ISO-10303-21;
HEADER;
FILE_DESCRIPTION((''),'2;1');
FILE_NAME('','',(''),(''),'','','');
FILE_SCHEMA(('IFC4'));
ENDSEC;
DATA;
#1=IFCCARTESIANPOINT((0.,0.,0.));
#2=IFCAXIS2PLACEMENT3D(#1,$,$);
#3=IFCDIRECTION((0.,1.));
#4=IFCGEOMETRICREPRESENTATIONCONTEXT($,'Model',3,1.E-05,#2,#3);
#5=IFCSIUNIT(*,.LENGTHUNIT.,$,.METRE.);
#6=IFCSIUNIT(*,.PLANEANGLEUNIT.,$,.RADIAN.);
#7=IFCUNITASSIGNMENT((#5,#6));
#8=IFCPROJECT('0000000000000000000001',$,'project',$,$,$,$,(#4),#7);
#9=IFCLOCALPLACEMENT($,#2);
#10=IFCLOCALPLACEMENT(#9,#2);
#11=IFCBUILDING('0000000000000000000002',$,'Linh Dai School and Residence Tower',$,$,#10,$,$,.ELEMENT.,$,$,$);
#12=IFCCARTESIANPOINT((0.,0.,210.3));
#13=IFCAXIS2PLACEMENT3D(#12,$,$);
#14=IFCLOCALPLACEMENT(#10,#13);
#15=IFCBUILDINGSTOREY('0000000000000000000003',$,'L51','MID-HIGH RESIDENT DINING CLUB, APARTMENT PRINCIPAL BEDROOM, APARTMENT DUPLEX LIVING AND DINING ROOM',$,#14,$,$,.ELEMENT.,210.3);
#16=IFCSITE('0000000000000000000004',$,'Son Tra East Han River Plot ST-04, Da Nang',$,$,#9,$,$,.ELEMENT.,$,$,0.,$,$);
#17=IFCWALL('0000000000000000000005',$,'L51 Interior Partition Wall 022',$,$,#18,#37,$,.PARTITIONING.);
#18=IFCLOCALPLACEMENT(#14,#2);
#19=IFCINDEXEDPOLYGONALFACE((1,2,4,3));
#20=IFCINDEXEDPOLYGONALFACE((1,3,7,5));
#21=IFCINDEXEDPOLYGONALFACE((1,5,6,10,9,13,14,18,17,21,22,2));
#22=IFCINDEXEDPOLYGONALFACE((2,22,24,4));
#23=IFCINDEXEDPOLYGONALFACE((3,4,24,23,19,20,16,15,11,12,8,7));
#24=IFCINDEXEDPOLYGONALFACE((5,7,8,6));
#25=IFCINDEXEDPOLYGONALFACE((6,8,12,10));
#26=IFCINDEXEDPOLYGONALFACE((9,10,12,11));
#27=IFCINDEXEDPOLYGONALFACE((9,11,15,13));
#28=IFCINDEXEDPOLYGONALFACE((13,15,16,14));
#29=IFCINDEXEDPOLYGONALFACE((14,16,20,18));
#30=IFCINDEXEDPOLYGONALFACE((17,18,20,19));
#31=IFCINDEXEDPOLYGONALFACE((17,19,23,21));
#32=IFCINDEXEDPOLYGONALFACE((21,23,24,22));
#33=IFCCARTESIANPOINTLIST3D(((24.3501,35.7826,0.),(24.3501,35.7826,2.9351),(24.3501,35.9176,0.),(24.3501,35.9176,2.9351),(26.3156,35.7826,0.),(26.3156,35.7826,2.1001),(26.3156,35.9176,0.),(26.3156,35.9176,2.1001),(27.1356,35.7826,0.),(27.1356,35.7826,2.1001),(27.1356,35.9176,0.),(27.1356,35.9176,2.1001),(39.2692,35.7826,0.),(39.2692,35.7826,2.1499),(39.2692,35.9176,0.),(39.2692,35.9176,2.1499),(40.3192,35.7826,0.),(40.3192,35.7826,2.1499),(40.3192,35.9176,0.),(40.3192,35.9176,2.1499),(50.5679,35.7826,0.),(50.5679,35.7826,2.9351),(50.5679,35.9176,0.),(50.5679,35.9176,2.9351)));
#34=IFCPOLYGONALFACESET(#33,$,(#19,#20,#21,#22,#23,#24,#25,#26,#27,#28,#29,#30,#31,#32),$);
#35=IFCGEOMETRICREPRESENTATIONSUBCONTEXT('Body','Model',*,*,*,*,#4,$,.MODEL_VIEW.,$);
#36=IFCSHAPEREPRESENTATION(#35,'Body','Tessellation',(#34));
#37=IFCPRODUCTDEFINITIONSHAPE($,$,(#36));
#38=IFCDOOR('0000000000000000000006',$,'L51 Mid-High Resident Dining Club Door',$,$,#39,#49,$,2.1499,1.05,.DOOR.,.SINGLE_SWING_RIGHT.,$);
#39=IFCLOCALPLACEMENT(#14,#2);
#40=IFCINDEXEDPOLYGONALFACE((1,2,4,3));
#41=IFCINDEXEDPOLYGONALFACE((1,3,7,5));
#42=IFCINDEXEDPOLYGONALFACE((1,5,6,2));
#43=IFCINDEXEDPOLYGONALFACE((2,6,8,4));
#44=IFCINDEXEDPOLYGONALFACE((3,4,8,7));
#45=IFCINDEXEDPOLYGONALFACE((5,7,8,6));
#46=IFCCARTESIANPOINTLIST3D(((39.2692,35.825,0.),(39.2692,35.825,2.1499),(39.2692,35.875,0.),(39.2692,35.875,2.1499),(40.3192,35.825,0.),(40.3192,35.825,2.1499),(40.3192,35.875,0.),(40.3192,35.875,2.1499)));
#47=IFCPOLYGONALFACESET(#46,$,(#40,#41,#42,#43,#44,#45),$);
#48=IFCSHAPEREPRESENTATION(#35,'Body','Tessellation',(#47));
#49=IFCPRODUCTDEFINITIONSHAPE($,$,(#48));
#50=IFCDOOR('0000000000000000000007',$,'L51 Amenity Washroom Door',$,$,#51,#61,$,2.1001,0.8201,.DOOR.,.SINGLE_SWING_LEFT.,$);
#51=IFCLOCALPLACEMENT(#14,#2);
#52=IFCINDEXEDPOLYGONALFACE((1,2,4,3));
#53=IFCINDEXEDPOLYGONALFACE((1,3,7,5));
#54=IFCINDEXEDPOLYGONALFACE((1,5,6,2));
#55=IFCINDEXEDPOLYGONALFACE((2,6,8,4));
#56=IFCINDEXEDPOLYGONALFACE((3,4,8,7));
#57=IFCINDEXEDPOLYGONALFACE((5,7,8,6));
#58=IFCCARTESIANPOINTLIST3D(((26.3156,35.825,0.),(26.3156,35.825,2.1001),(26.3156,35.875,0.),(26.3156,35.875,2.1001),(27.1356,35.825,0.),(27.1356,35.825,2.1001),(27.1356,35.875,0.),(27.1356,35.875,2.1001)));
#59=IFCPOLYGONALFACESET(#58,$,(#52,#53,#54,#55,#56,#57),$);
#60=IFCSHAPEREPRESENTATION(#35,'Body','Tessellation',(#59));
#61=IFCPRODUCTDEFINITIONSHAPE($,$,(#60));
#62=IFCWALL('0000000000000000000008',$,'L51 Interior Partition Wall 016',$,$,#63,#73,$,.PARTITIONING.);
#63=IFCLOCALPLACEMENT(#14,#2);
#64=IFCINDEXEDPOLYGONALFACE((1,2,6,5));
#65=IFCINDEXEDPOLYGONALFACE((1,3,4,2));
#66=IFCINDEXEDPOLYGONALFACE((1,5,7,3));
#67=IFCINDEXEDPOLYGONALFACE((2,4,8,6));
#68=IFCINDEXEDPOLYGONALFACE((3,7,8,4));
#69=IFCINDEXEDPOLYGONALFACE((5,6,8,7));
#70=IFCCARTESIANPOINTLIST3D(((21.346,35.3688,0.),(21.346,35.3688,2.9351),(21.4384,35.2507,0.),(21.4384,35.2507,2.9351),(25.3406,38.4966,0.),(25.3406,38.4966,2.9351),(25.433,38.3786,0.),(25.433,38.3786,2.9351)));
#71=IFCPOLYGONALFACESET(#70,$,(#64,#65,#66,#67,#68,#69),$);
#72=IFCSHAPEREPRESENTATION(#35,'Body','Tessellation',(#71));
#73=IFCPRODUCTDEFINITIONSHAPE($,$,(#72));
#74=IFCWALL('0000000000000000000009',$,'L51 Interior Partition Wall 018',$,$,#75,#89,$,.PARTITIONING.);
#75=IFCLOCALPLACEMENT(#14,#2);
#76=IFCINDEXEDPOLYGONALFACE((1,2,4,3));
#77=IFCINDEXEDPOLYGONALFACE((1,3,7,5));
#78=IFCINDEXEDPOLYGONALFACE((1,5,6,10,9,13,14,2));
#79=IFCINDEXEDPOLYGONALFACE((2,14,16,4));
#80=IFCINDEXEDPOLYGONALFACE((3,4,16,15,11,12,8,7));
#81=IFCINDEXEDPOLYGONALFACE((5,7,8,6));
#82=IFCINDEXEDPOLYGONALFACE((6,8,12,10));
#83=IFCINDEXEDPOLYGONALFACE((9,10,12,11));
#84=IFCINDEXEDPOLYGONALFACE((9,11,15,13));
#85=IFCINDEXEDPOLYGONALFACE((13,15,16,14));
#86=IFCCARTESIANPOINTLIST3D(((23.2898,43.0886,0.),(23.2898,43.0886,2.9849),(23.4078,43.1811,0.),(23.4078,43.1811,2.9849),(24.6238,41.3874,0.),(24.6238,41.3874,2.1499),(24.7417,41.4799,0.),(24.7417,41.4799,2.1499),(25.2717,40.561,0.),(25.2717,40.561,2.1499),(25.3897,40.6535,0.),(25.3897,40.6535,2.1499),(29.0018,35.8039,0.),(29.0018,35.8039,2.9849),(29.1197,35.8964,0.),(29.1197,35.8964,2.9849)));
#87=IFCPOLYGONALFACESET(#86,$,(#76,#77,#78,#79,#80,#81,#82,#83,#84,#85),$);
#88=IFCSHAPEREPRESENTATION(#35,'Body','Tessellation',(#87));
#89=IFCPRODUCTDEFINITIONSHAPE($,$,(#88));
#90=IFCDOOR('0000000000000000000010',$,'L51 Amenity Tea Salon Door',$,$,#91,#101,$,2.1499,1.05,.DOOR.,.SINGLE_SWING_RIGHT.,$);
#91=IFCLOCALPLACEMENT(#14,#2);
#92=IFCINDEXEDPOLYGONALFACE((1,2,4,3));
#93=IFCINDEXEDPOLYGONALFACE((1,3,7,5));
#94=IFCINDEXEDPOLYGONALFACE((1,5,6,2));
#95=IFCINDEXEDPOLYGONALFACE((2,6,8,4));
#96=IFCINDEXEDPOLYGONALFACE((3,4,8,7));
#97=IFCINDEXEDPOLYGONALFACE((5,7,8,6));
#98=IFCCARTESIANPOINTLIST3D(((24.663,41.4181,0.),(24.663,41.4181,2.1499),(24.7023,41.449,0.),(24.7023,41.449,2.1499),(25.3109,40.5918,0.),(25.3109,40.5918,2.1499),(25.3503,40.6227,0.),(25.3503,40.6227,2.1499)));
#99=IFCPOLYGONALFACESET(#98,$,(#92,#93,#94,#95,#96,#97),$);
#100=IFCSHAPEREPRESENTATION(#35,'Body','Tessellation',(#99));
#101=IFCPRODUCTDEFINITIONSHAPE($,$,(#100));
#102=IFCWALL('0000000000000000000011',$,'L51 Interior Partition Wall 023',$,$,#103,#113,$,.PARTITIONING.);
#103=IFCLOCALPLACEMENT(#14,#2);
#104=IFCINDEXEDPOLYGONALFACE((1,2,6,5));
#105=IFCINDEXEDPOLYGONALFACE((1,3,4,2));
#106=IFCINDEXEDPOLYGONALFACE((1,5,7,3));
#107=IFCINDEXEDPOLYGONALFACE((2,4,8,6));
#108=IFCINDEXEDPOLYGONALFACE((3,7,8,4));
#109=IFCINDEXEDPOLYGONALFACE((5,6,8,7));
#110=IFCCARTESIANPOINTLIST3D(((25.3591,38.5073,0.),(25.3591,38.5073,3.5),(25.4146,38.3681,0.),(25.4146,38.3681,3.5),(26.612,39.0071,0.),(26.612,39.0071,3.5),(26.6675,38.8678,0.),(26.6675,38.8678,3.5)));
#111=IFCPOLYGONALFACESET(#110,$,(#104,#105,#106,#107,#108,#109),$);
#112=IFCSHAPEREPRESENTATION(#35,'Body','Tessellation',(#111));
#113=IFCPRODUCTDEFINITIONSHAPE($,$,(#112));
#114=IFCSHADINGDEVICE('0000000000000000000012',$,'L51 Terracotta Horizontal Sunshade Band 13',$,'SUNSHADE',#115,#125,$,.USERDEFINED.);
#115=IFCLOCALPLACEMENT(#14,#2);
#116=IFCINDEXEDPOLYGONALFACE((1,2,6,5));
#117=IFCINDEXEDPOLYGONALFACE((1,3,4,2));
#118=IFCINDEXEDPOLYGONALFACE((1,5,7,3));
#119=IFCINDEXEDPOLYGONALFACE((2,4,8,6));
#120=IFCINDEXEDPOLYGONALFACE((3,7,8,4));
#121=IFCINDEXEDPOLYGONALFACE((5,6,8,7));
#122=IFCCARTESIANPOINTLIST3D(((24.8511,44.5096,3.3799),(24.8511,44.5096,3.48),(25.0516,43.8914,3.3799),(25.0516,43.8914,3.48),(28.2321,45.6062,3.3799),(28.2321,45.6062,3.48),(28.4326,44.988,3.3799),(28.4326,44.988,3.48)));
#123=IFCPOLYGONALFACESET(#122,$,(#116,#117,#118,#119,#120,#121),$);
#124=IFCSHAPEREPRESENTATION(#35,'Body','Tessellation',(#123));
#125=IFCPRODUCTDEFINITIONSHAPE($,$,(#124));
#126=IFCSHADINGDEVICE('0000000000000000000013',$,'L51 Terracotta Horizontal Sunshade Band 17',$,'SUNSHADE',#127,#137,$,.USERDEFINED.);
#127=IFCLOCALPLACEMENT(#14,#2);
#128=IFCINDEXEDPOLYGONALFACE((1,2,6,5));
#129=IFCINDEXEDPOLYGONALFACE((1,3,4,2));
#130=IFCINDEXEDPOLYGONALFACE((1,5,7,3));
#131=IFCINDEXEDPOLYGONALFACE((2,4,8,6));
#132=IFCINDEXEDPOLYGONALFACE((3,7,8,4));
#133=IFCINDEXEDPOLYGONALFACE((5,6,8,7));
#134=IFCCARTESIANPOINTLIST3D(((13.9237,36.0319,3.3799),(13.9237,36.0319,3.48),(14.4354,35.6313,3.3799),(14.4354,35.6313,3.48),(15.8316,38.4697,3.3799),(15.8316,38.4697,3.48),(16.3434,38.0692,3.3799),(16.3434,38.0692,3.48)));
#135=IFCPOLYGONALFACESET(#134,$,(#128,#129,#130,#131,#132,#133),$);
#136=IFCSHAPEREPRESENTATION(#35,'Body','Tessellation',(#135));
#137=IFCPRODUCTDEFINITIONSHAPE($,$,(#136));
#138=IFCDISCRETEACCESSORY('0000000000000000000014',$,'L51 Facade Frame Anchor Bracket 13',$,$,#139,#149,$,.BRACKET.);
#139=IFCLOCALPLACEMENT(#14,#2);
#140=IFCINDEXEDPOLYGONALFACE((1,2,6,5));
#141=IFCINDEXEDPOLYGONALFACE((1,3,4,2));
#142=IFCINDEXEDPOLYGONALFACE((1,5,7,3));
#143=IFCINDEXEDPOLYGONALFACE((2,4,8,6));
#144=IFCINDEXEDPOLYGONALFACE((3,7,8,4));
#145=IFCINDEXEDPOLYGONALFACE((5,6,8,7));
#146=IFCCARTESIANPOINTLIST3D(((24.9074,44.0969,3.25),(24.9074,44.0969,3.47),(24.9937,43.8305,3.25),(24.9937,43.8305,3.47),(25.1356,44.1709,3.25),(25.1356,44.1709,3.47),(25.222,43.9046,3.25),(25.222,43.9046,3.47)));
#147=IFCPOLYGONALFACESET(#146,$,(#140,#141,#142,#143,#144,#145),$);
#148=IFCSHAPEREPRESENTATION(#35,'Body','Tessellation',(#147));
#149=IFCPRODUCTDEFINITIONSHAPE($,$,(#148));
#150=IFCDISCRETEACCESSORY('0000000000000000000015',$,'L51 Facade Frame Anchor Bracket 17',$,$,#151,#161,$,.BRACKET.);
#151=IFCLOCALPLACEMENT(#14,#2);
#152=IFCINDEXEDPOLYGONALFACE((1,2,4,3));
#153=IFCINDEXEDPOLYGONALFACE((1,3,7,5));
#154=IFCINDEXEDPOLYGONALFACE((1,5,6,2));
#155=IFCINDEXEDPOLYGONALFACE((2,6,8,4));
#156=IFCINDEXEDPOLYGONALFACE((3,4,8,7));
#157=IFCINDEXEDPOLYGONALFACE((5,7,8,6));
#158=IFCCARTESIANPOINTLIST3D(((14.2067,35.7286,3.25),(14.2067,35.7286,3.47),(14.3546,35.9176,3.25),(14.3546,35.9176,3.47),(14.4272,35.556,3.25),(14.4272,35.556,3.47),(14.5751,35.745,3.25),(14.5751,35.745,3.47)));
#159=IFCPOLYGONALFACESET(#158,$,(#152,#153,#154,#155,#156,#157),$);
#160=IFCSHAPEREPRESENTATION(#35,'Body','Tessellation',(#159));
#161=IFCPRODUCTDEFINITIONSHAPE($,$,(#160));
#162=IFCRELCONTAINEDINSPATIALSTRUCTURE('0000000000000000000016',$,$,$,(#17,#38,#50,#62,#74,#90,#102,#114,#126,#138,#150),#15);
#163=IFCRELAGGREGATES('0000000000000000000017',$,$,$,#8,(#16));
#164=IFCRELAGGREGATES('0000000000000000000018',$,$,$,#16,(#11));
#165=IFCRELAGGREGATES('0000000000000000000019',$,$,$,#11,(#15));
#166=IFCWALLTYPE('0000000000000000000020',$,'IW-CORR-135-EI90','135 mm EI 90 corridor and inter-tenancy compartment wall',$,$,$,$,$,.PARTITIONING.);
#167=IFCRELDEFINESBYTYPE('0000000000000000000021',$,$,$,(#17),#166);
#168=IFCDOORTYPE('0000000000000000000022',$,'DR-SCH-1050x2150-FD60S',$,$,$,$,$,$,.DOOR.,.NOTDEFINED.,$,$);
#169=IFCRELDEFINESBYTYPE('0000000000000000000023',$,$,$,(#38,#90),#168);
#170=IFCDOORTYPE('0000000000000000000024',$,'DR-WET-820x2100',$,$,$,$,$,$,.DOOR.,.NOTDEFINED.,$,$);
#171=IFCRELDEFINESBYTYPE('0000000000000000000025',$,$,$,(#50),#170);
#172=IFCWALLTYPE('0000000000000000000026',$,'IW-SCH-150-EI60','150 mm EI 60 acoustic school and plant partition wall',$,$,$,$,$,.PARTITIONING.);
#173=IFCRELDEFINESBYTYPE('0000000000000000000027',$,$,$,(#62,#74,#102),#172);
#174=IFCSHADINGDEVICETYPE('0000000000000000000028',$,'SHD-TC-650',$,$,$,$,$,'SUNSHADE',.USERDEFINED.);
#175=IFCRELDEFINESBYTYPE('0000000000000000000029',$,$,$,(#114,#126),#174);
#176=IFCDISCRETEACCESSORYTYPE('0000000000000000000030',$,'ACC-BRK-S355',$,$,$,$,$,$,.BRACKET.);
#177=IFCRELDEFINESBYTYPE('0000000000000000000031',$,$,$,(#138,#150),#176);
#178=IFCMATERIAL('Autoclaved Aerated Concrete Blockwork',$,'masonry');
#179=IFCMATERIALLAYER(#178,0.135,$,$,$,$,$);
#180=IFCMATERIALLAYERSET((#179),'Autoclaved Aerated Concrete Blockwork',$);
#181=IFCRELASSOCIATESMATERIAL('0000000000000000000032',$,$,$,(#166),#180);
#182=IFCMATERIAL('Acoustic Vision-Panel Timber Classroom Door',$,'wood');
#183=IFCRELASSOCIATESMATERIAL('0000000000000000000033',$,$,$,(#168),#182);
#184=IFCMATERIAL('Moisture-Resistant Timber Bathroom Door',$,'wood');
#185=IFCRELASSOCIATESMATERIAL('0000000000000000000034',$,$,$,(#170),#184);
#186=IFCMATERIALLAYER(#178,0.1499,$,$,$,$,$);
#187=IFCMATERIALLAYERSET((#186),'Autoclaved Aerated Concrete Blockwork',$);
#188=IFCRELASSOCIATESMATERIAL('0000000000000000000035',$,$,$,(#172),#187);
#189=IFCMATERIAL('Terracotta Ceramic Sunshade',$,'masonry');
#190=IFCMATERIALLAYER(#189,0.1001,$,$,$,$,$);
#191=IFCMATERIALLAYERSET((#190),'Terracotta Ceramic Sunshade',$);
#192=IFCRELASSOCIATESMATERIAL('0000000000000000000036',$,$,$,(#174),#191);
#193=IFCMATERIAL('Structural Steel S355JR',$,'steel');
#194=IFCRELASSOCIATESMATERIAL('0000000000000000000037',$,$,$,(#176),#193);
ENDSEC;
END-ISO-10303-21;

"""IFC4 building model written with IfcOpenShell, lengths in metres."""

from ifc_helpers import new_model, si_unit, direction, frame, frame_2d, origin, origin_2d, place, context, subcontext, project, spatial, rectangle, extrude, source, transform, mapped, material, layer, layer_set, type_object, element, fill, save


model = new_model("IFC4")

# Units and contexts
model_context = context("Model", 3, precision=1e-05, world=origin(), true_north=direction((0.0, 1.0)))
body_context = subcontext(model_context, "Body", "Model", "MODEL_VIEW")
ifc_project = project(units=[si_unit("LENGTHUNIT", "METRE"), si_unit("PLANEANGLEUNIT", "RADIAN")], contexts=[model_context])

# Site, building, storey
site_placement = place(None, origin())
site = spatial("IfcSite", under=ifc_project, at=site_placement, Name="Son Tra East Han River Plot ST-04, Da Nang", CompositionType="ELEMENT", RefElevation=0.0)
building_placement = place(site_placement, origin())
building = spatial("IfcBuilding", under=site, at=building_placement, Name="Linh Dai School and Residence Tower", CompositionType="ELEMENT")
storey_placement = place(building_placement, frame((0.0, 0.0, 210.3)))
storey = spatial("IfcBuildingStorey", under=building, at=storey_placement, Name="L51", Description="MID-HIGH RESIDENT DINING CLUB, APARTMENT PRINCIPAL BEDROOM, APARTMENT DUPLEX LIVING AND DINING ROOM", CompositionType="ELEMENT", Elevation=210.3)

# Shared definitions
ifc_material_1 = material(Name="Structural Steel S355JR", Category="steel")

# Wall, openings, doors
ifc_material_2 = material(Name="Autoclaved Aerated Concrete Blockwork", Category="masonry")
ifc_layer_1 = layer(ifc_material_2, 0.135)
ifc_layer_set_1 = layer_set([ifc_layer_1], Name="Autoclaved Aerated Concrete Blockwork")
wall_type_1 = type_object("IfcWallType", Name="IW-CORR-135-EI90", Description="135 mm EI 90 corridor and inter-tenancy compartment wall", PredefinedType="PARTITIONING", material=ifc_layer_set_1)
wall_1_placement = place(storey_placement, frame((24.3501, 35.8501, 0.0), z_axis=(0.0, 0.0, 1.0), x_axis=(1.0, 0.0, 0.0)))
wall_1 = element("IfcWall", 1, at=wall_1_placement, inside=storey, type_object=wall_type_1, Name="L51 Interior Partition Wall 022", PredefinedType="PARTITIONING", context=body_context, shape_type="SweptSolid", body=[
    extrude(rectangle(XDim=26.2178, YDim=0.135, at=frame_2d((13.1089, 0.0))), origin(), (0.0, 0.0, 1.0), 2.9351),
])
opening_1_placement = place(wall_1_placement, frame((14.9192, 0.0, 0.0)))
opening_1 = element("IfcOpeningElement", 2, at=opening_1_placement, cuts=wall_1, PredefinedType="OPENING", context=body_context, shape_type="SweptSolid", body=[
    extrude(rectangle(XDim=1.05, YDim=2.1499, at=origin_2d()), frame((0.5249, 0.0776, 1.075), z_axis=(0.0, -1.0, 0.0), x_axis=(1.0, 0.0, 0.0)), (0.0, 0.0, 1.0), 0.155),
])
opening_2_placement = place(wall_1_placement, frame((1.9653, 0.0, 0.0)))
opening_2 = element("IfcOpeningElement", 3, at=opening_2_placement, cuts=wall_1, PredefinedType="OPENING", context=body_context, shape_type="SweptSolid", body=[
    extrude(rectangle(XDim=0.8201, YDim=2.1001, at=origin_2d()), frame((0.4102, 0.0776, 1.05), z_axis=(0.0, -1.0, 0.0), x_axis=(1.0, 0.0, 0.0)), (0.0, 0.0, 1.0), 0.155),
])
ifc_material_3 = material(Name="Acoustic Vision-Panel Timber Classroom Door", Category="wood")
door_type_1 = type_object("IfcDoorType", Name="DR-SCH-1050x2150-FD60S", OperationType="NOTDEFINED", PredefinedType="DOOR", material=ifc_material_3)
shared_shape_1 = source(origin(), body_context, "Body", "SweptSolid", [
    extrude(rectangle(XDim=1.05, YDim=2.1499, at=origin_2d()), frame((0.5249, 0.0249, 1.075), z_axis=(0.0, -1.0, 0.0), x_axis=(1.0, 0.0, 0.0)), (0.0, 0.0, 1.0), 0.05),
])
door_1_placement = place(opening_1_placement, origin())
door_1 = element("IfcDoor", 4, at=door_1_placement, inside=storey, type_object=door_type_1, Name="L51 Mid-High Resident Dining Club Door", OperationType="SINGLE_SWING_RIGHT", OverallHeight=2.1499, OverallWidth=1.05, PredefinedType="DOOR", context=body_context, shape_type="MappedRepresentation", body=[
    mapped(shared_shape_1, transform((0.0, 0.0, 0.0), x_axis=(1.0, 0.0, 0.0), y_axis=(0.0, 1.0, 0.0), z_axis=(0.0, 0.0, 1.0), scale=1.0)),
])
fill(opening_1, door_1)
ifc_material_4 = material(Name="Moisture-Resistant Timber Bathroom Door", Category="wood")
door_type_2 = type_object("IfcDoorType", Name="DR-WET-820x2100", OperationType="NOTDEFINED", PredefinedType="DOOR", material=ifc_material_4)
shared_shape_2 = source(origin(), body_context, "Body", "SweptSolid", [
    extrude(rectangle(XDim=0.8201, YDim=2.1001, at=origin_2d()), frame((0.4102, 0.0249, 1.05), z_axis=(0.0, -1.0, 0.0), x_axis=(1.0, 0.0, 0.0)), (0.0, 0.0, 1.0), 0.05),
])
door_2_placement = place(opening_2_placement, origin())
door_2 = element("IfcDoor", 5, at=door_2_placement, inside=storey, type_object=door_type_2, Name="L51 Amenity Washroom Door", OperationType="SINGLE_SWING_LEFT", OverallHeight=2.1001, OverallWidth=0.8201, PredefinedType="DOOR", context=body_context, shape_type="MappedRepresentation", body=[
    mapped(shared_shape_2, transform((0.0, 0.0, 0.0), x_axis=(1.0, 0.0, 0.0), y_axis=(0.0, 1.0, 0.0), z_axis=(0.0, 0.0, 1.0), scale=1.0)),
])
fill(opening_2, door_2)

# Wall
ifc_layer_2 = layer(ifc_material_2, 0.1499)
ifc_layer_set_2 = layer_set([ifc_layer_2], Name="Autoclaved Aerated Concrete Blockwork")
wall_type_2 = type_object("IfcWallType", Name="IW-SCH-150-EI60", Description="150 mm EI 60 acoustic school and plant partition wall", PredefinedType="PARTITIONING", material=ifc_layer_set_2)
wall_2_placement = place(storey_placement, frame((21.3923, 35.3098, 0.0), z_axis=(0.0, 0.0, 1.0), x_axis=(0.787343, 0.616516, 0.0)))
element("IfcWall", 6, at=wall_2_placement, inside=storey, type_object=wall_type_2, Name="L51 Interior Partition Wall 016", PredefinedType="PARTITIONING", context=body_context, shape_type="SweptSolid", body=[
    extrude(rectangle(XDim=5.0735, YDim=0.1499, at=frame_2d((2.5366, 0.0))), origin(), (0.0, 0.0, 1.0), 2.9351),
])

# Wall, opening, door
wall_3_placement = place(storey_placement, frame((23.3489, 43.1348, 0.0), z_axis=(0.0, 0.0, 1.0), x_axis=(0.617036, -0.786935, 0.0)))
wall_3 = element("IfcWall", 7, at=wall_3_placement, inside=storey, type_object=wall_type_2, Name="L51 Interior Partition Wall 018", PredefinedType="PARTITIONING", context=body_context, shape_type="SweptSolid", body=[
    extrude(rectangle(XDim=9.2571, YDim=0.1499, at=frame_2d((4.6284, 0.0))), origin(), (0.0, 0.0, 1.0), 2.9849),
])
opening_3_placement = place(wall_3_placement, frame((2.1619, 0.0, 0.0)))
opening_3 = element("IfcOpeningElement", 8, at=opening_3_placement, cuts=wall_3, PredefinedType="OPENING", context=body_context, shape_type="SweptSolid", body=[
    extrude(rectangle(XDim=1.05, YDim=2.1499, at=origin_2d()), frame((0.5249, 0.085, 1.075), z_axis=(0.0, -1.0, 0.0), x_axis=(1.0, 0.0, 0.0)), (0.0, 0.0, 1.0), 0.1699),
])
door_3_placement = place(opening_3_placement, origin())
door_3 = element("IfcDoor", 9, at=door_3_placement, inside=storey, type_object=door_type_1, Name="L51 Amenity Tea Salon Door", OperationType="SINGLE_SWING_RIGHT", OverallHeight=2.1499, OverallWidth=1.05, PredefinedType="DOOR", context=body_context, shape_type="MappedRepresentation", body=[
    mapped(shared_shape_1, transform((0.0, 0.0, 0.0), x_axis=(1.0, 0.0, 0.0), y_axis=(0.0, 1.0, 0.0), z_axis=(0.0, 0.0, 1.0), scale=1.0)),
])
fill(opening_3, door_3)

# Wall
wall_4_placement = place(storey_placement, frame((25.387, 38.4377, 0.0), z_axis=(0.0, 0.0, 1.0), x_axis=(0.928838, 0.370486, 0.0)))
element("IfcWall", 10, at=wall_4_placement, inside=storey, type_object=wall_type_2, Name="L51 Interior Partition Wall 023", PredefinedType="PARTITIONING", context=body_context, shape_type="SweptSolid", body=[
    extrude(rectangle(XDim=1.3489, YDim=0.1499, at=frame_2d((0.6743, 0.0))), origin(), (0.0, 0.0, 1.0), 3.5),
])

# Shading devices
ifc_material_5 = material(Name="Terracotta Ceramic Sunshade", Category="masonry")
ifc_layer_3 = layer(ifc_material_5, 0.1001)
ifc_layer_set_3 = layer_set([ifc_layer_3], Name="Terracotta Ceramic Sunshade")
shading_device_type = type_object("IfcShadingDeviceType", Name="SHD-TC-650", ElementType="SUNSHADE", PredefinedType="USERDEFINED", material=ifc_layer_set_3)
shared_shape_3 = source(origin(), body_context, "Body", "SweptSolid", [
    extrude(rectangle(XDim=3.5544, YDim=0.6499, at=origin_2d()), origin(), (0.0, 0.0, 1.0), 0.1001),
])
shading_device_1_placement = place(storey_placement, frame((26.6418, 44.7488, 3.3799), z_axis=(0.0, 0.0, 1.0), x_axis=(0.951224, 0.308501, 0.0)))
element("IfcShadingDevice", 11, at=shading_device_1_placement, inside=storey, type_object=shading_device_type, Name="L51 Terracotta Horizontal Sunshade Band 13", ObjectType="SUNSHADE", PredefinedType="USERDEFINED", context=body_context, shape_type="MappedRepresentation", body=[
    mapped(shared_shape_3, transform((0.0, 0.0, 0.0), x_axis=(1.0, 0.0, 0.0), y_axis=(0.0, 1.0, 0.0), z_axis=(0.0, 0.0, 1.0), scale=1.0)),
])
shared_shape_4 = source(origin(), body_context, "Body", "SweptSolid", [
    extrude(rectangle(XDim=3.0957, YDim=0.6499, at=origin_2d()), origin(), (0.0, 0.0, 1.0), 0.1001),
])
shading_device_2_placement = place(storey_placement, frame((15.1335, 37.0505, 3.3799), z_axis=(0.0, 0.0, 1.0), x_axis=(0.616332, 0.787487, 0.0)))
element("IfcShadingDevice", 12, at=shading_device_2_placement, inside=storey, type_object=shading_device_type, Name="L51 Terracotta Horizontal Sunshade Band 17", ObjectType="SUNSHADE", PredefinedType="USERDEFINED", context=body_context, shape_type="MappedRepresentation", body=[
    mapped(shared_shape_4, transform((0.0, 0.0, 0.0), x_axis=(1.0, 0.0, 0.0), y_axis=(0.0, 1.0, 0.0), z_axis=(0.0, 0.0, 1.0), scale=1.0)),
])

# Discrete accessories
discrete_accessory_type = type_object("IfcDiscreteAccessoryType", Name="ACC-BRK-S355", PredefinedType="BRACKET", material=ifc_material_1)
shared_shape_5 = source(origin(), body_context, "Body", "SweptSolid", [
    extrude(rectangle(XDim=0.28, YDim=0.24, at=origin_2d()), origin(), (0.0, 0.0, 1.0), 0.22),
])
for number, where, z_axis, x_axis, name in (
    (13, (25.0647, 44.0007, 3.25), (0.0, 0.0, 1.0), (-0.308501, 0.951224, 0.0), "L51 Facade Frame Anchor Bracket 13"),
    (14, (14.3909, 35.7368, 3.25), (0.0, 0.0, 1.0), (-0.787487, 0.616332, 0.0), "L51 Facade Frame Anchor Bracket 17"),
):
    element("IfcDiscreteAccessory", number, at=place(storey_placement, frame(where, z_axis=z_axis, x_axis=x_axis)), inside=storey, type_object=discrete_accessory_type, Name=name, PredefinedType="BRACKET", context=body_context, shape_type="MappedRepresentation", body=[
        mapped(shared_shape_5, transform((0.0, 0.0, 0.0), x_axis=(1.0, 0.0, 0.0), y_axis=(0.0, 1.0, 0.0), z_axis=(0.0, 0.0, 1.0), scale=1.0)),
    ])

save(model, "model.ifc")
